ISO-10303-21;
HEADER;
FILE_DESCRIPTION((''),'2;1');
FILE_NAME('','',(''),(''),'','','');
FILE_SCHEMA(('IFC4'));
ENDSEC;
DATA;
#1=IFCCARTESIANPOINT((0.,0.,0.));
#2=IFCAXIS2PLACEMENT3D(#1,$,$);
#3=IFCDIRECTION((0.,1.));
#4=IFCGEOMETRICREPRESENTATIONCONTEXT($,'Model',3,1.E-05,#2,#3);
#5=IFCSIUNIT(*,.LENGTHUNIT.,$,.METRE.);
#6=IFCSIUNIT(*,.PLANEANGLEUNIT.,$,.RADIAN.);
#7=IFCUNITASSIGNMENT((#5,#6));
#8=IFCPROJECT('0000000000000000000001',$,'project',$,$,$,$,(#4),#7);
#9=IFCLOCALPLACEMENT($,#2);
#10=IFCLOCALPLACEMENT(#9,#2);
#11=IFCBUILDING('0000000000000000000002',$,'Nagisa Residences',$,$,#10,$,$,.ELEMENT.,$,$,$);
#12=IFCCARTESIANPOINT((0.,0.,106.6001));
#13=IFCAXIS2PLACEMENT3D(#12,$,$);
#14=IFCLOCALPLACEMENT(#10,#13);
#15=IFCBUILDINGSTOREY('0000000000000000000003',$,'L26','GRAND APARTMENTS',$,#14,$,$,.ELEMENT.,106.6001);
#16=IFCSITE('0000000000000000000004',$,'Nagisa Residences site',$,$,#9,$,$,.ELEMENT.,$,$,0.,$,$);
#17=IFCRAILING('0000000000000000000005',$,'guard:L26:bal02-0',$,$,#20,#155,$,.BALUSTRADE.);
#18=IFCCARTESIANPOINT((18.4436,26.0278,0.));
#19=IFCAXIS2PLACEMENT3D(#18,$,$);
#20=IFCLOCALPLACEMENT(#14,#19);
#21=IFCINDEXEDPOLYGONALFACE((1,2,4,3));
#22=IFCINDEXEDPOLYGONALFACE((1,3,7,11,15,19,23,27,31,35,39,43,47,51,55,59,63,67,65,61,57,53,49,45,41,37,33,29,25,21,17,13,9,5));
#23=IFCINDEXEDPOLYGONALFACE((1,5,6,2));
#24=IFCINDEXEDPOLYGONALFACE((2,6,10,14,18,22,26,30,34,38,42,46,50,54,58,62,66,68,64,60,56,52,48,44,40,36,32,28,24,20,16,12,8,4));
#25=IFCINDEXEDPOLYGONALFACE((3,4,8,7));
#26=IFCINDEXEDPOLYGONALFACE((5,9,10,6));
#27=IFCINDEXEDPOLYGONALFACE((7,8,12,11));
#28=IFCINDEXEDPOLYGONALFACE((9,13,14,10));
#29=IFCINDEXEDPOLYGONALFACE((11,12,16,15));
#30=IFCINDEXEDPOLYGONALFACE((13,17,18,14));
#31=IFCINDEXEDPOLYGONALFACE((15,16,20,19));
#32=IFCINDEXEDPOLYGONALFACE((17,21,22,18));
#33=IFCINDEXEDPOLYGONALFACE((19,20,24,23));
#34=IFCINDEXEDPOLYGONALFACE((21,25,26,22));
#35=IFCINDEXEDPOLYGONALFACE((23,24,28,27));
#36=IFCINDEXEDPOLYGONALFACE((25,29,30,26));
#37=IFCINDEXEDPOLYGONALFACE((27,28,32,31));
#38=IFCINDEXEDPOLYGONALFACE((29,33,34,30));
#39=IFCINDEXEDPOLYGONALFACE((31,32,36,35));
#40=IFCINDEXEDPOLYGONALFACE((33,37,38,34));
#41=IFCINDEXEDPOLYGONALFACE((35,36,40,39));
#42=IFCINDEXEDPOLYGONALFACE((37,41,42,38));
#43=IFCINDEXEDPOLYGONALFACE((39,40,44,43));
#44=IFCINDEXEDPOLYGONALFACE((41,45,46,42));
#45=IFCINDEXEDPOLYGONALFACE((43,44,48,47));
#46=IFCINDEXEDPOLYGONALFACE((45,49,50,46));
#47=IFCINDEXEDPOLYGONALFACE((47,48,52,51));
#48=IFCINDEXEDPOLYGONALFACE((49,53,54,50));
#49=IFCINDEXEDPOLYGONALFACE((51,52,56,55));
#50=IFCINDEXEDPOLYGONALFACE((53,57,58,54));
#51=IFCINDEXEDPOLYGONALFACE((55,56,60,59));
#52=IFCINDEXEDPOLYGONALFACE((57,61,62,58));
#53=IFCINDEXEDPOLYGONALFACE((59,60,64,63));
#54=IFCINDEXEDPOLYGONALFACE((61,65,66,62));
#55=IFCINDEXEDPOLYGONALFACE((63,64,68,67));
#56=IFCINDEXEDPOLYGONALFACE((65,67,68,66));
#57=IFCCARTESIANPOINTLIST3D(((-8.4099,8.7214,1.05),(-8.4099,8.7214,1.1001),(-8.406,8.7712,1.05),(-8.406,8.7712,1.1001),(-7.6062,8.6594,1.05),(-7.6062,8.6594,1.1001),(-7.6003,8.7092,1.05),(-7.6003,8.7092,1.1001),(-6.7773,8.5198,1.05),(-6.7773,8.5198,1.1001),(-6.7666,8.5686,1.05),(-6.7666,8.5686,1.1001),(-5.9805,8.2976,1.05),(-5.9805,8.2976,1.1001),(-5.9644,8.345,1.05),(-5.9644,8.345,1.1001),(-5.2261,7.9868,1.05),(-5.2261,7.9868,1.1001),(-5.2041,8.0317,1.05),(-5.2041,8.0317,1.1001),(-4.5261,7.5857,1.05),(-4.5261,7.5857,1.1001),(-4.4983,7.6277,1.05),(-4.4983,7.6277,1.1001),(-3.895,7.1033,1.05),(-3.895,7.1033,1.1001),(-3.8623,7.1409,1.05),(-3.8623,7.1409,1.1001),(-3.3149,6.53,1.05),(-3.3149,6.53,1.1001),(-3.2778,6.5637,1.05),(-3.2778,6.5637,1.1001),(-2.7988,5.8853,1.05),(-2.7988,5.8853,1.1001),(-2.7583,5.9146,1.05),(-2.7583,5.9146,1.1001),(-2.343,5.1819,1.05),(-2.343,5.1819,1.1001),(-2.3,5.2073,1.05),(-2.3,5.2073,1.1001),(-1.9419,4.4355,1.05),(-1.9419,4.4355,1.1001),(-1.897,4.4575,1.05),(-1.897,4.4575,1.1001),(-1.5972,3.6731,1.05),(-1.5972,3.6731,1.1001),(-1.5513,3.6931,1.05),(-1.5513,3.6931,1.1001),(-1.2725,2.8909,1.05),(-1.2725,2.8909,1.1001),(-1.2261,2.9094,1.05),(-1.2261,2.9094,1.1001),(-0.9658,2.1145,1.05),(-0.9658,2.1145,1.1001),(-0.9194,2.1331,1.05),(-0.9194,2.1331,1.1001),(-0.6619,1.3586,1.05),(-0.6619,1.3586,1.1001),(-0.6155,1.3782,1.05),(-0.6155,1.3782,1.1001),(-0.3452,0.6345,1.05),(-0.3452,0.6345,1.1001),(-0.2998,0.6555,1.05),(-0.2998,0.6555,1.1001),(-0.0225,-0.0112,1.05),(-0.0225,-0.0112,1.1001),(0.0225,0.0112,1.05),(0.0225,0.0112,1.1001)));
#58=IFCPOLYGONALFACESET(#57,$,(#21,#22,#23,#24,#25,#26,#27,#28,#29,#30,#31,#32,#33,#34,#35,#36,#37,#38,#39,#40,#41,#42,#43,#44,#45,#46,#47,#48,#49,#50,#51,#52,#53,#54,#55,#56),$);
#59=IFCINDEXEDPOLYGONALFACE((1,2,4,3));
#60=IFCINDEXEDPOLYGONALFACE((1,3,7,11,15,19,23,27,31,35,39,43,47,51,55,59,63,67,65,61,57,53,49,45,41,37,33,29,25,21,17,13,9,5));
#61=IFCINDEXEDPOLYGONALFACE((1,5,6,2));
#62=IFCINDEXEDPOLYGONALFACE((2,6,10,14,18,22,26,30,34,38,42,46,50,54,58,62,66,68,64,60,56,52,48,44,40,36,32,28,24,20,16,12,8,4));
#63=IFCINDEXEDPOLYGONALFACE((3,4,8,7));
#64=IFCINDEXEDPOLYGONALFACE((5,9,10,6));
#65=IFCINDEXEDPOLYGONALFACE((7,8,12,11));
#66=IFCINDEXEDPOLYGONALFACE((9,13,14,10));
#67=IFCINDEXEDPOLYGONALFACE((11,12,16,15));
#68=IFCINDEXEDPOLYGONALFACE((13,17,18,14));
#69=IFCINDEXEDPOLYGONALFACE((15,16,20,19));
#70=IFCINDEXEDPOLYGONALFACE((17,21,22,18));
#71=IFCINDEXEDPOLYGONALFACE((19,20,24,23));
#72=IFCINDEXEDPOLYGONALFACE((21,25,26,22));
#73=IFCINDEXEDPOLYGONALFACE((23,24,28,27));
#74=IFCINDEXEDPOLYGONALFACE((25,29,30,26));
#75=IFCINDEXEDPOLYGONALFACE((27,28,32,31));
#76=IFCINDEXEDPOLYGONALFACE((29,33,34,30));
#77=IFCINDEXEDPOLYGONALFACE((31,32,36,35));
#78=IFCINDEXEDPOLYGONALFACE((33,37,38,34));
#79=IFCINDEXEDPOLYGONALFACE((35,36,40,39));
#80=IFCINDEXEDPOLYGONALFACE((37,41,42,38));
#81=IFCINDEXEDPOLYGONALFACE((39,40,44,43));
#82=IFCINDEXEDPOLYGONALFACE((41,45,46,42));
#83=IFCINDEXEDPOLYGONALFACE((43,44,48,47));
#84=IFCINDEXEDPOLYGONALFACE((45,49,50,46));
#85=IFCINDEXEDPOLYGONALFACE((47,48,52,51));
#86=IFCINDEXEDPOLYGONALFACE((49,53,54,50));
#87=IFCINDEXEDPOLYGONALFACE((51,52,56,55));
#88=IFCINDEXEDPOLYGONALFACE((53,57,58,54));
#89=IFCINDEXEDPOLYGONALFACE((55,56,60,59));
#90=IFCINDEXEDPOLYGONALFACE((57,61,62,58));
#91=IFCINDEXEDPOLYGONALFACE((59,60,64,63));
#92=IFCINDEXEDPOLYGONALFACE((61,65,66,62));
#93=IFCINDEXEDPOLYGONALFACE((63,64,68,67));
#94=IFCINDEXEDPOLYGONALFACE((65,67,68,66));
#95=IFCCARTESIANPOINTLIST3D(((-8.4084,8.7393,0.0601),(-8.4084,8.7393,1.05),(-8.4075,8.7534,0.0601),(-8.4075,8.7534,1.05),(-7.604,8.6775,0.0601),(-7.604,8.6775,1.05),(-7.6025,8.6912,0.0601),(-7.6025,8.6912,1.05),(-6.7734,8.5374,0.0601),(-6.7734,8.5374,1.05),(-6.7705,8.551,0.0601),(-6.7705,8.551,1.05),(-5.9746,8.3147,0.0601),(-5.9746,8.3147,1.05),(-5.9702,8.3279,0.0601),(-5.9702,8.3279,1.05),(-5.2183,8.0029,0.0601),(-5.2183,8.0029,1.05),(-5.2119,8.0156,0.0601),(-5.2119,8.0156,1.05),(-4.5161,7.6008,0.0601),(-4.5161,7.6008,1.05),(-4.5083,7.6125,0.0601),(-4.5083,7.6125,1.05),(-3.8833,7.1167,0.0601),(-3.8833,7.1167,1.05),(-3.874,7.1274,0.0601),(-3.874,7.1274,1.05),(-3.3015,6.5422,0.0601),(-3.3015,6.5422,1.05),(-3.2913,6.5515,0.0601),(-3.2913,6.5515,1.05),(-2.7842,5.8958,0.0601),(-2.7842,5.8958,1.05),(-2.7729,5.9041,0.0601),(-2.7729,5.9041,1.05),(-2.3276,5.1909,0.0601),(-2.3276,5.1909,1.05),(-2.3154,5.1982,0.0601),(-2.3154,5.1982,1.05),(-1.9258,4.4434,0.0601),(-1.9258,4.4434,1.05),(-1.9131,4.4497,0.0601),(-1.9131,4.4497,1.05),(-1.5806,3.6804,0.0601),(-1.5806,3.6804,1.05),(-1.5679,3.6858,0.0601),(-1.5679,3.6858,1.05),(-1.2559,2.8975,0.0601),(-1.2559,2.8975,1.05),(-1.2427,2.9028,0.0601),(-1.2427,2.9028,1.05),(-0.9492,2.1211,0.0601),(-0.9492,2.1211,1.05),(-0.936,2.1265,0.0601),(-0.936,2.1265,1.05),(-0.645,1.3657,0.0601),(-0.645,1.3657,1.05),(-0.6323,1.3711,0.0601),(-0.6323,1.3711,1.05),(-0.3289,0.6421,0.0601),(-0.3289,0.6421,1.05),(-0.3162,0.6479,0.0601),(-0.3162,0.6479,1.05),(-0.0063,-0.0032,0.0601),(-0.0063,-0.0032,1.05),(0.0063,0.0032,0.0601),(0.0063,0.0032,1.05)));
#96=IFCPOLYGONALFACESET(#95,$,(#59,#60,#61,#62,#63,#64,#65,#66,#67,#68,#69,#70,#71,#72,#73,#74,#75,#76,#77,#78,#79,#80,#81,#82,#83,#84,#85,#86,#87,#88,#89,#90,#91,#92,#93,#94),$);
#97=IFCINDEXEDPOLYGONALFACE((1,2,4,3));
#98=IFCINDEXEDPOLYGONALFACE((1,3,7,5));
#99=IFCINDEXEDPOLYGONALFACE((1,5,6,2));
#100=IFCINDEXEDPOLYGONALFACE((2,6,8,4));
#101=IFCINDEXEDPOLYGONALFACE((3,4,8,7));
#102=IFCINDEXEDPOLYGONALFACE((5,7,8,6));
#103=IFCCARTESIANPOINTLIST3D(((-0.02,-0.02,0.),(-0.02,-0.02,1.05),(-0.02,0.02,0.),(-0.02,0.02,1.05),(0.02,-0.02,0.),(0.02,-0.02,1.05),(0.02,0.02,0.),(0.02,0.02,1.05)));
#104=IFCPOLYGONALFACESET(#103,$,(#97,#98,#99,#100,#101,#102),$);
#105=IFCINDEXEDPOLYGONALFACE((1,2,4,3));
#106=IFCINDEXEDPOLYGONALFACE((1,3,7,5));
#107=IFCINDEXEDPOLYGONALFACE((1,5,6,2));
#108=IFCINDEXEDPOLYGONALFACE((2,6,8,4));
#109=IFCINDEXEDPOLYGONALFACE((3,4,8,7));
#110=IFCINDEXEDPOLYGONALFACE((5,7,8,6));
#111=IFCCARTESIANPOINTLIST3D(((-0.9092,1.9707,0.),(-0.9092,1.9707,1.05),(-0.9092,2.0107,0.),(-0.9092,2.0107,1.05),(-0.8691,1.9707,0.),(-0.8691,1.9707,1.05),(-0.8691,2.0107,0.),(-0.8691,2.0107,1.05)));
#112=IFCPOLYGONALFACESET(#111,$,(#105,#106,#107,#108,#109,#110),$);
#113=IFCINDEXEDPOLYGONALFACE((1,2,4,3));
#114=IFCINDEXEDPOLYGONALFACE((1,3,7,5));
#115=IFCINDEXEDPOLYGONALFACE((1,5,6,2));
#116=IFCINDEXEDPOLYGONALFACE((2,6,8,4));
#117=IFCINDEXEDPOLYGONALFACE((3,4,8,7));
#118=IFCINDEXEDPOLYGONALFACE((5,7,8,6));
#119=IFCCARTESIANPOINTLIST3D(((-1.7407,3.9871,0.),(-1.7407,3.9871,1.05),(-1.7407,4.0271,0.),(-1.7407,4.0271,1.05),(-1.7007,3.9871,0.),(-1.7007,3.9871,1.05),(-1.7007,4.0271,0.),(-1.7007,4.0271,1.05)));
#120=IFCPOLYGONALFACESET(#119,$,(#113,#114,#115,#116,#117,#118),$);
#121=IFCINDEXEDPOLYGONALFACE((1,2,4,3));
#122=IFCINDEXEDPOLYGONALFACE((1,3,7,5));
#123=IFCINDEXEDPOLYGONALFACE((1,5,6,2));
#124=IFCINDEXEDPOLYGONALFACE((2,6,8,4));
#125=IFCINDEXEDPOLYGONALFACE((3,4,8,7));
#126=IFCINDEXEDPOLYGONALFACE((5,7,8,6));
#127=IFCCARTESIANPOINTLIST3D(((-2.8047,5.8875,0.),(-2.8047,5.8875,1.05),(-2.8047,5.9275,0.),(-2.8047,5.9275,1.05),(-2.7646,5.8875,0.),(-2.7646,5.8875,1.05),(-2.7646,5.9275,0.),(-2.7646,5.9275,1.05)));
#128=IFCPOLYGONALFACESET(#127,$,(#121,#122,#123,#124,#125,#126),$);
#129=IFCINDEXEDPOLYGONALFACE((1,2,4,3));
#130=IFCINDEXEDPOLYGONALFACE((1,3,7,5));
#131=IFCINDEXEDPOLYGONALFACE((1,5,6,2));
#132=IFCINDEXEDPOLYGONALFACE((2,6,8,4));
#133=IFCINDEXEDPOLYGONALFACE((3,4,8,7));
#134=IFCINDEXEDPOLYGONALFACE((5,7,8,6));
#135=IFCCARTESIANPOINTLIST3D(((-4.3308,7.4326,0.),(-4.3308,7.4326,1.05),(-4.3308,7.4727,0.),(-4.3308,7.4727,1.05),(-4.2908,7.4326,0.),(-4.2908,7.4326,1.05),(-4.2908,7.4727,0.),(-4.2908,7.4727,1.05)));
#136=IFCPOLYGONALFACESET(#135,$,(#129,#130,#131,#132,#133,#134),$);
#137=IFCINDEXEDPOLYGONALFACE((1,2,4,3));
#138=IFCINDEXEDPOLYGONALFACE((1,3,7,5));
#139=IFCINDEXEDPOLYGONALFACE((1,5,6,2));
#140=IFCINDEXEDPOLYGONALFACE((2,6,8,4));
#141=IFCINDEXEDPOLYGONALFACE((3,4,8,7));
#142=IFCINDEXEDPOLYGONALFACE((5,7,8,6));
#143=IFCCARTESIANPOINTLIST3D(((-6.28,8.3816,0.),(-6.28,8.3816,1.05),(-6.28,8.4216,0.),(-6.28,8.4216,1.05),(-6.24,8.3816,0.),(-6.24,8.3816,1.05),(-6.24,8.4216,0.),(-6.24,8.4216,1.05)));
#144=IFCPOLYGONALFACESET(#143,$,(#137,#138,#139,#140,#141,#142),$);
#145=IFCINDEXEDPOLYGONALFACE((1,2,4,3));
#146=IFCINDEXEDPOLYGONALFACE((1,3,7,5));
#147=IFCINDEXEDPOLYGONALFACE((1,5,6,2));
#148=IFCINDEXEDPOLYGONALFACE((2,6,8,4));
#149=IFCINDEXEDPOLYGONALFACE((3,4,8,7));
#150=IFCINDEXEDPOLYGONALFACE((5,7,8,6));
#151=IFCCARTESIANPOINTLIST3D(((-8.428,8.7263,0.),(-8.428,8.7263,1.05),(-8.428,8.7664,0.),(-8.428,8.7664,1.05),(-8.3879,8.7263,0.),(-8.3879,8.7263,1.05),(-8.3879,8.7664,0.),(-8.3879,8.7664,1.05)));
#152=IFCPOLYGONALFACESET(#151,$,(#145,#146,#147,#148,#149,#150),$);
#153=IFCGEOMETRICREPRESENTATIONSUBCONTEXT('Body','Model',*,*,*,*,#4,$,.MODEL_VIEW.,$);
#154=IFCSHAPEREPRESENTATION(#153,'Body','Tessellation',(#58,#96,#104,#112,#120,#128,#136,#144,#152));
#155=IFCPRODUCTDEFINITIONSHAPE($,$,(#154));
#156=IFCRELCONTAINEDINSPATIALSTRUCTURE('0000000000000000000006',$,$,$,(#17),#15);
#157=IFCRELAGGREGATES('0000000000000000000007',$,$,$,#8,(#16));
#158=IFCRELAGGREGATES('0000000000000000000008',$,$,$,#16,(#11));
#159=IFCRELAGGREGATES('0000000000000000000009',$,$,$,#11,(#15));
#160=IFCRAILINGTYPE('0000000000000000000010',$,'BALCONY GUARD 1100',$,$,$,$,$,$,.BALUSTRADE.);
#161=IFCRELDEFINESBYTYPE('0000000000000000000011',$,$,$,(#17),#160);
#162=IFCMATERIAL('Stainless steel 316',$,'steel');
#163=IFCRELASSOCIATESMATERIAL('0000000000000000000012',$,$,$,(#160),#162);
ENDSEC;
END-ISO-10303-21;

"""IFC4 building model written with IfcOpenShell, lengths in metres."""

from ifc_helpers import new_model, si_unit, direction, frame, origin, origin_2d, place, context, subcontext, project, spatial, polyline, rectangle, outline, extrude, material, type_object, element, save


model = new_model("IFC4")

# Units and contexts
model_context = context("Model", 3, precision=1e-05, world=origin(), true_north=direction((0.0, 1.0)))
body_context = subcontext(model_context, "Body", "Model", "MODEL_VIEW")
ifc_project = project(units=[si_unit("LENGTHUNIT", "METRE"), si_unit("PLANEANGLEUNIT", "RADIAN")], contexts=[model_context])

# Site, building, storey
site_placement = place(None, origin())
site = spatial("IfcSite", under=ifc_project, at=site_placement, Name="Nagisa Residences site", CompositionType="ELEMENT", RefElevation=0.0)
building_placement = place(site_placement, origin())
building = spatial("IfcBuilding", under=site, at=building_placement, Name="Nagisa Residences", CompositionType="ELEMENT")
storey_placement = place(building_placement, frame((0.0, 0.0, 106.6001)))
storey = spatial("IfcBuildingStorey", under=building, at=storey_placement, Name="L26", Description="GRAND APARTMENTS", CompositionType="ELEMENT", Elevation=106.6001)

# Railing
ifc_material_1 = material(Name="Stainless steel 316", Category="steel")
railing_type = type_object("IfcRailingType", Name="BALCONY GUARD 1100", PredefinedType="BALUSTRADE", material=ifc_material_1)
railing_1_placement = place(storey_placement, frame((18.4436, 26.0278, 0.0)))
element("IfcRailing", 1, at=railing_1_placement, inside=storey, type_object=railing_type, Name="guard:L26:bal02-0", PredefinedType="BALUSTRADE", context=body_context, shape_type="SweptSolid", body=[
    extrude(outline(polyline([(-0.3452, 0.6345), (-0.0225, -0.0112), (0.0225, 0.0112), (-0.2998, 0.6555), (-0.6155, 1.3782), (-0.9194, 2.1331), (-1.2261, 2.9094), (-1.5513, 3.6931), (-1.897, 4.4575), (-2.3, 5.2073), (-2.7583, 5.9146), (-3.2778, 6.5637), (-3.8623, 7.1409), (-4.4983, 7.6277), (-5.2041, 8.0317), (-5.9644, 8.345), (-6.7666, 8.5686), (-7.6003, 8.7092), (-8.406, 8.7712), (-8.4099, 8.7214), (-7.6062, 8.6594), (-6.7773, 8.5198), (-5.9805, 8.2976), (-5.2261, 7.9868), (-4.5261, 7.5857), (-3.895, 7.1033), (-3.3149, 6.53), (-2.7988, 5.8853), (-2.343, 5.1819), (-1.9419, 4.4355), (-1.5972, 3.6731), (-1.2725, 2.8909), (-0.9658, 2.1145), (-0.6619, 1.3586), (-0.3452, 0.6345)])), frame((0.0, 0.0, 1.05)), (0.0, 0.0, 1.0), 0.05),
    extrude(outline(polyline([(-0.3289, 0.6421), (-0.0063, -0.0032), (0.0063, 0.0032), (-0.3162, 0.6479), (-0.6323, 1.3711), (-0.936, 2.1265), (-1.2427, 2.9028), (-1.5679, 3.6858), (-1.9131, 4.4497), (-2.3154, 5.1982), (-2.7729, 5.9041), (-3.2913, 6.5515), (-3.874, 7.1274), (-4.5083, 7.6125), (-5.2119, 8.0156), (-5.9702, 8.3279), (-6.7705, 8.551), (-7.6025, 8.6912), (-8.4075, 8.7534), (-8.4084, 8.7393), (-7.604, 8.6775), (-6.7734, 8.5374), (-5.9746, 8.3147), (-5.2183, 8.0029), (-4.5161, 7.6008), (-3.8833, 7.1167), (-3.3015, 6.5422), (-2.7842, 5.8958), (-2.3276, 5.1909), (-1.9258, 4.4434), (-1.5806, 3.6804), (-1.2559, 2.8975), (-0.9492, 2.1211), (-0.645, 1.3657), (-0.3289, 0.6421)])), frame((0.0, 0.0, 0.0601)), (0.0, 0.0, 1.0), 0.99),
    extrude(rectangle(XDim=0.04, YDim=0.04, at=origin_2d()), origin(), (0.0, 0.0, 1.0), 1.05),
    extrude(rectangle(XDim=0.04, YDim=0.04, at=origin_2d()), frame((-0.8892, 1.9907, 0.0)), (0.0, 0.0, 1.0), 1.05),
    extrude(rectangle(XDim=0.04, YDim=0.04, at=origin_2d()), frame((-1.7207, 4.0071, 0.0)), (0.0, 0.0, 1.0), 1.05),
    extrude(rectangle(XDim=0.04, YDim=0.04, at=origin_2d()), frame((-2.7847, 5.9075, 0.0)), (0.0, 0.0, 1.0), 1.05),
    extrude(rectangle(XDim=0.04, YDim=0.04, at=origin_2d()), frame((-4.3108, 7.4526, 0.0)), (0.0, 0.0, 1.0), 1.05),
    extrude(rectangle(XDim=0.04, YDim=0.04, at=origin_2d()), frame((-6.26, 8.4016, 0.0)), (0.0, 0.0, 1.0), 1.05),
    extrude(rectangle(XDim=0.04, YDim=0.04, at=origin_2d()), frame((-8.408, 8.7463, 0.0)), (0.0, 0.0, 1.0), 1.05),
])

save(model, "model.ifc")
